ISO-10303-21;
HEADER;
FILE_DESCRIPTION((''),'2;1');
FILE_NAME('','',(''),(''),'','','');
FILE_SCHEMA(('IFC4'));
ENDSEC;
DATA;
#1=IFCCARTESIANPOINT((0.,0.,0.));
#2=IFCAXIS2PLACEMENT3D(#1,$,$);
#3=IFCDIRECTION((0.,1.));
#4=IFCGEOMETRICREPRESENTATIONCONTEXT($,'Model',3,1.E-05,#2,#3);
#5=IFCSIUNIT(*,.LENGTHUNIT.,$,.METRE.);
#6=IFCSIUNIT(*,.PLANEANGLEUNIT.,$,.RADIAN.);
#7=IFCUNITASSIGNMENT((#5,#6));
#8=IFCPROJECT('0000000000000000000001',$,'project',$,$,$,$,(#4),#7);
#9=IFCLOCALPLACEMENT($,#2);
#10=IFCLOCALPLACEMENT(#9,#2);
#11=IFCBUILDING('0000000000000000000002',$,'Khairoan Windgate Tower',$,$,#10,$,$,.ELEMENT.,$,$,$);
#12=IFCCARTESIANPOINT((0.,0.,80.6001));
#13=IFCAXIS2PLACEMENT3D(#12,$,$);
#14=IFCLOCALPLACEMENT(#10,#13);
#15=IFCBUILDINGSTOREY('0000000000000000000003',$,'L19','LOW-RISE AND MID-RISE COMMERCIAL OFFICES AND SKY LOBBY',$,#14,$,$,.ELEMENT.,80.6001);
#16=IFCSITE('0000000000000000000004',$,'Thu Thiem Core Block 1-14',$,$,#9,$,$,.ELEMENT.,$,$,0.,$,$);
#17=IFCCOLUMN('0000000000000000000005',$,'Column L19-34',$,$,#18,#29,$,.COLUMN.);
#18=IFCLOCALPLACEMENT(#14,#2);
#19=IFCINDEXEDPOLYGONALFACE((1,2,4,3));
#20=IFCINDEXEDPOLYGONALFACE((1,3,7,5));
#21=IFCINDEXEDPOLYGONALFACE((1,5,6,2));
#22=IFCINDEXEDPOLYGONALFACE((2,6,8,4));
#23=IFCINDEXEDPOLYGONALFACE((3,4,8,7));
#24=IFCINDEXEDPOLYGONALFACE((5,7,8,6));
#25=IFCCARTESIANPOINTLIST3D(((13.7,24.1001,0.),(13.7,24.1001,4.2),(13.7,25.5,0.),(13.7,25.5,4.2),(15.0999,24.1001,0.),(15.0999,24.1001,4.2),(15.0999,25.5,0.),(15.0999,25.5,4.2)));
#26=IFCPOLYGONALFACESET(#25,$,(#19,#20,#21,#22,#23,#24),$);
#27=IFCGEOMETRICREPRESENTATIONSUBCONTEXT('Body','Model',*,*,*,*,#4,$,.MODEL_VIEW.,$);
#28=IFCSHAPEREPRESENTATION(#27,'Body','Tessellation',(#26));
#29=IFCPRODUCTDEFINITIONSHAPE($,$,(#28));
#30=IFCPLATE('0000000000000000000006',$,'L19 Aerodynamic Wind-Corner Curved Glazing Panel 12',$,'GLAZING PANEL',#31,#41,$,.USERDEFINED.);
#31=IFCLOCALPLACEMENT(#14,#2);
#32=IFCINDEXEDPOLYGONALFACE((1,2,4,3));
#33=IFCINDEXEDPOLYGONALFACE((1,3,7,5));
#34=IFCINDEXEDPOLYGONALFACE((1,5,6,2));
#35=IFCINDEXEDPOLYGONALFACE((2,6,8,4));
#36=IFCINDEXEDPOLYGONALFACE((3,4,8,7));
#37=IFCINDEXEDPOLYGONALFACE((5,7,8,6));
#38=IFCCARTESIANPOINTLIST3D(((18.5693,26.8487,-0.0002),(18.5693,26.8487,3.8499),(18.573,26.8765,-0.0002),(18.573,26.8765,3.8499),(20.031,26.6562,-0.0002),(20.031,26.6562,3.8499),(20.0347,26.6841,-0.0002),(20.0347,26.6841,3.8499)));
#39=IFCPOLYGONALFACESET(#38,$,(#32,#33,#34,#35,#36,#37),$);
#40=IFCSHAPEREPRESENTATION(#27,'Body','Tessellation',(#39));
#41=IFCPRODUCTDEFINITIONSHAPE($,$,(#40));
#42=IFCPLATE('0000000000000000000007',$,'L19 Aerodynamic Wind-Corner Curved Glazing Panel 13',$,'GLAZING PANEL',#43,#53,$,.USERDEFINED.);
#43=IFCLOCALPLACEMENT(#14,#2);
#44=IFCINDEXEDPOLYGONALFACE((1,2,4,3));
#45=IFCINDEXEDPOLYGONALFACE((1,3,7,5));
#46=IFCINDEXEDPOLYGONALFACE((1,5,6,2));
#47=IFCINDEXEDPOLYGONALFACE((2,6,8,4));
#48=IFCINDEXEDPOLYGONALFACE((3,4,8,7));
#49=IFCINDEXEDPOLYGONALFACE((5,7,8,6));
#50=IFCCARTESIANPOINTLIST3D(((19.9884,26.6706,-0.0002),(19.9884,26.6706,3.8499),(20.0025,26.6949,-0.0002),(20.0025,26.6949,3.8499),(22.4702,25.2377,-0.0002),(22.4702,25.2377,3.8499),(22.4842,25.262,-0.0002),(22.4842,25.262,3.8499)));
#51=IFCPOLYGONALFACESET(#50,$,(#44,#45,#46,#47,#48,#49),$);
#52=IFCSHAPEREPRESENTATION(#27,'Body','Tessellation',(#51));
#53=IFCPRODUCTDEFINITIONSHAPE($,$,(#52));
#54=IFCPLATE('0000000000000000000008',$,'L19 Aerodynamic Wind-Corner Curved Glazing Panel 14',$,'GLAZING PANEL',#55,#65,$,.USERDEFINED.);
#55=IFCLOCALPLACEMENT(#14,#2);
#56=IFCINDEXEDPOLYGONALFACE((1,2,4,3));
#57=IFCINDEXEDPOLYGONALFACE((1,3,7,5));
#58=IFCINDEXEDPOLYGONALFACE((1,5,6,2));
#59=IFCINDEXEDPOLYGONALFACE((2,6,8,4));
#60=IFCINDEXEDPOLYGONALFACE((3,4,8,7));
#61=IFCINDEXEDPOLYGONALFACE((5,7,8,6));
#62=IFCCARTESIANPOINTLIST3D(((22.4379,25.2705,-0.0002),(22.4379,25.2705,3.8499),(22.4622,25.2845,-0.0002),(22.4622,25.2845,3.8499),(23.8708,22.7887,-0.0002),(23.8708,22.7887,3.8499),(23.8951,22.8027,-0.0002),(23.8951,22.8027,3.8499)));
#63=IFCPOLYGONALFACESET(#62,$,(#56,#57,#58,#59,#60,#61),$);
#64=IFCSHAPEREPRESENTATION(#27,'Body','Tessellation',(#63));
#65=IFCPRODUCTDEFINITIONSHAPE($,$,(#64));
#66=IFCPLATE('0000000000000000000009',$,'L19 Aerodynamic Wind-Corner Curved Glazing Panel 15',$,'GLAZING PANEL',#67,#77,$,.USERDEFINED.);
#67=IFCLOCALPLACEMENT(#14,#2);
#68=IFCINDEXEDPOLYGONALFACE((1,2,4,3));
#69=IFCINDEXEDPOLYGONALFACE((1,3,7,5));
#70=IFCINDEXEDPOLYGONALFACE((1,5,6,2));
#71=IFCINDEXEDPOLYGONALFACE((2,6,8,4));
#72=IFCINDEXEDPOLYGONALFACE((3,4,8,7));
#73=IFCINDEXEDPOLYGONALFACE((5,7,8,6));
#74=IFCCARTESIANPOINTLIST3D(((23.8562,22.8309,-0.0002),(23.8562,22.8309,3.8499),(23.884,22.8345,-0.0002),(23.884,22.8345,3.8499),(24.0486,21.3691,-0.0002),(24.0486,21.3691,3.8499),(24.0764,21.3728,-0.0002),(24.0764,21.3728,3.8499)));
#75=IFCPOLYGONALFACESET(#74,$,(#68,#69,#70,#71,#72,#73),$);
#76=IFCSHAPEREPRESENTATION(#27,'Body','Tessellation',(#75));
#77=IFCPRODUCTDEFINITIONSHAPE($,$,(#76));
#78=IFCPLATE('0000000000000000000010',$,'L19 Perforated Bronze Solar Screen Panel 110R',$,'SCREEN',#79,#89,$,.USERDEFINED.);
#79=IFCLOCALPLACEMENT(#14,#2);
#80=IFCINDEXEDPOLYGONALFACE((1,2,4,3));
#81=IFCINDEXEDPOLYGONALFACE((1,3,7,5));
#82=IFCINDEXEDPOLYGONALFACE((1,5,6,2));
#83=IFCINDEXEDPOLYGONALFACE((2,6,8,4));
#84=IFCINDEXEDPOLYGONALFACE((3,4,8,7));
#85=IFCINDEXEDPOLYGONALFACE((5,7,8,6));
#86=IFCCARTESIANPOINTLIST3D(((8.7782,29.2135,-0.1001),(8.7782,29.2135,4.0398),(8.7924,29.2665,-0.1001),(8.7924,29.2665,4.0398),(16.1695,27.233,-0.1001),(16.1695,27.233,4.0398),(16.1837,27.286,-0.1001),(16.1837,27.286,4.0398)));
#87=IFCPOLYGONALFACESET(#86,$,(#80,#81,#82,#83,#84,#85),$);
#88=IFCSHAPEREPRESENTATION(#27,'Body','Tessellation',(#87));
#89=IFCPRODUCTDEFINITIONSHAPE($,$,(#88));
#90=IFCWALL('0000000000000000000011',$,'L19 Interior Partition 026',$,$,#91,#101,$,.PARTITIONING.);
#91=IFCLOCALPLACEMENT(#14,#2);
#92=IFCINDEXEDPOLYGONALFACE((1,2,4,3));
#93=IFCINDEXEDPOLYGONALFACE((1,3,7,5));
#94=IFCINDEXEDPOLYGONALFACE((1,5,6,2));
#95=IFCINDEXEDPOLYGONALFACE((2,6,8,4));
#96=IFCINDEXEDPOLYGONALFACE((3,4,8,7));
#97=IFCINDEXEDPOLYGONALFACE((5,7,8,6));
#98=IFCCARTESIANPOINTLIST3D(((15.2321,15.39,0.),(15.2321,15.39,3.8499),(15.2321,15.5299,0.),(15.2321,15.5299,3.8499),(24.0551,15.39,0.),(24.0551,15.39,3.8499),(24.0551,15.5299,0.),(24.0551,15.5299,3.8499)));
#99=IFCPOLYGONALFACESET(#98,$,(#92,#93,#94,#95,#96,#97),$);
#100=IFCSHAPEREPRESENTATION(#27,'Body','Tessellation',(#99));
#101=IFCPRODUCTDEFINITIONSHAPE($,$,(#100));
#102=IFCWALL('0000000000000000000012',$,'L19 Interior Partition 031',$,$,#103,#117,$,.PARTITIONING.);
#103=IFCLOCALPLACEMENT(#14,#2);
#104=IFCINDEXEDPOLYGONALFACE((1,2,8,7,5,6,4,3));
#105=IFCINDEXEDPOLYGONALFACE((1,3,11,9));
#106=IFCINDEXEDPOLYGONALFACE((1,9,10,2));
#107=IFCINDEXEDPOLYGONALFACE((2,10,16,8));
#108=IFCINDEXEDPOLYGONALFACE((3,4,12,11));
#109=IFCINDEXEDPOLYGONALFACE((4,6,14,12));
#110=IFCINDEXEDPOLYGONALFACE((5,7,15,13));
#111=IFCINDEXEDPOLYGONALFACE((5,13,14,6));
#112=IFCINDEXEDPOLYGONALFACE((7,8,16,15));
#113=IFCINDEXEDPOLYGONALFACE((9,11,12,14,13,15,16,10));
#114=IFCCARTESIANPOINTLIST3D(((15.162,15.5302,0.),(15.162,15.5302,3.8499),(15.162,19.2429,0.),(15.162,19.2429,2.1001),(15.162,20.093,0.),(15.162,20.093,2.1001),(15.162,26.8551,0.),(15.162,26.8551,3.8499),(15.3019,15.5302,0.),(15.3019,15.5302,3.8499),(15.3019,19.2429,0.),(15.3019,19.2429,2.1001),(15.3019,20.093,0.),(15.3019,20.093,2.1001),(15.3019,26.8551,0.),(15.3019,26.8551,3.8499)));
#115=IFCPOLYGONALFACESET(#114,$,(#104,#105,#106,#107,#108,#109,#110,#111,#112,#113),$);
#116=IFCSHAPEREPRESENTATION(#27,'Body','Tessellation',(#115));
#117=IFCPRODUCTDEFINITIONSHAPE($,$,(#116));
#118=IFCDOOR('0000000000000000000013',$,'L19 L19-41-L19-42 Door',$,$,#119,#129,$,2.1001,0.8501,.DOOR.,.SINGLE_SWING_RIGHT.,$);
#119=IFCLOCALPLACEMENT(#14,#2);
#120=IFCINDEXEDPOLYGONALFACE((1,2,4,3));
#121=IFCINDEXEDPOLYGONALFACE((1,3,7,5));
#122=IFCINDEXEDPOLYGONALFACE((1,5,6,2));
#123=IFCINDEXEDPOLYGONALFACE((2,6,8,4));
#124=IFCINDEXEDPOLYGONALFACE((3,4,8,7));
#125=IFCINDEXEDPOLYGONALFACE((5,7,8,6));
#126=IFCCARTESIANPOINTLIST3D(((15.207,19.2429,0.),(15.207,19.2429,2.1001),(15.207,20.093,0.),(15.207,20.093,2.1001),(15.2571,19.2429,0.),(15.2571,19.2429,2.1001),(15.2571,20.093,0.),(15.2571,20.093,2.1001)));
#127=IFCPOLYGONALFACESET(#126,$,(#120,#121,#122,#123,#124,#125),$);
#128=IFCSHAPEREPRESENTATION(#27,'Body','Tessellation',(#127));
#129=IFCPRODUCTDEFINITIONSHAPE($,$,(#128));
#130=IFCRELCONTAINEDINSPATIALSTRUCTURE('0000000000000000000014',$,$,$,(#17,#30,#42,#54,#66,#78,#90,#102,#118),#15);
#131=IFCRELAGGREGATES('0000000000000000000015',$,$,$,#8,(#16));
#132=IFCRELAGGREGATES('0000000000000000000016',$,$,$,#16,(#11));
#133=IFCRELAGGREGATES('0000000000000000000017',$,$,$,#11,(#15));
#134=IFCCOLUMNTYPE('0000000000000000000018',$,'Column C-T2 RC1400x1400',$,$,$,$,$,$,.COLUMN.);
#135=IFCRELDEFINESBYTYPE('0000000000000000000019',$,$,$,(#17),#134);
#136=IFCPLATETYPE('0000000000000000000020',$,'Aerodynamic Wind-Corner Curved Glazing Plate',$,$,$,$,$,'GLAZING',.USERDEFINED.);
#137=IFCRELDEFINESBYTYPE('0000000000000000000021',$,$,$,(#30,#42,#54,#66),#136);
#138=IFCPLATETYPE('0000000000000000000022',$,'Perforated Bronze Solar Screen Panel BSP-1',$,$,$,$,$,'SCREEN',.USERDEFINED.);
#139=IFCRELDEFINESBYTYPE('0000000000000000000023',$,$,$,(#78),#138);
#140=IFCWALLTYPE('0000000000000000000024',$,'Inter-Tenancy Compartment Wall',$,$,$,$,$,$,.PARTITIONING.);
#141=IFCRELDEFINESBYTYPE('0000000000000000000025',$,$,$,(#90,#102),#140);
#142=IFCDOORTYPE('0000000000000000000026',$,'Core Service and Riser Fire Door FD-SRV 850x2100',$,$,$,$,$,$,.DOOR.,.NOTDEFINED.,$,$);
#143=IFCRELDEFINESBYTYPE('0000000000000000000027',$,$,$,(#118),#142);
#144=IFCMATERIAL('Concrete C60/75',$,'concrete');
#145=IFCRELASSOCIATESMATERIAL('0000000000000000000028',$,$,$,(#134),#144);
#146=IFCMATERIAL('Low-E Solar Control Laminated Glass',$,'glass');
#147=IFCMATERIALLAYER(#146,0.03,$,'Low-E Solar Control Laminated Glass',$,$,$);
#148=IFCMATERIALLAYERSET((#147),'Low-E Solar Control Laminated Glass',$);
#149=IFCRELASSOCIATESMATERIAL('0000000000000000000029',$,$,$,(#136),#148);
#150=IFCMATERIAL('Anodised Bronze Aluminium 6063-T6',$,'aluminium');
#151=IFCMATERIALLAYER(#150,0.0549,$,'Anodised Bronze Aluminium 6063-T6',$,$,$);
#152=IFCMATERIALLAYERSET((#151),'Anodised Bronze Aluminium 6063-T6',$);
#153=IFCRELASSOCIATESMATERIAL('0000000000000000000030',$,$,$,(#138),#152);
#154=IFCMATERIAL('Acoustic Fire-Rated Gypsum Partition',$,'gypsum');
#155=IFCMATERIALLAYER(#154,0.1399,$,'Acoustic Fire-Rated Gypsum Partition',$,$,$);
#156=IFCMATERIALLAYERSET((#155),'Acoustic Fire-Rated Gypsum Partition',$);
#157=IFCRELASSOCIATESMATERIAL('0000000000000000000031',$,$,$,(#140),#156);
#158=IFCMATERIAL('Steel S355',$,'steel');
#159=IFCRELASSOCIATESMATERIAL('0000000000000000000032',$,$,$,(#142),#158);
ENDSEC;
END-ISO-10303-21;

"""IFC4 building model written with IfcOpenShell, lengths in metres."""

from ifc_helpers import new_model, si_unit, direction, frame, frame_2d, origin, origin_2d, place, context, subcontext, project, spatial, rectangle, extrude, material, layer, layer_set, material_profile, profile_set, type_object, element, fill, save


model = new_model("IFC4")

# Units and contexts
model_context = context("Model", 3, precision=1e-05, world=origin(), true_north=direction((0.0, 1.0)))
body_context = subcontext(model_context, "Body", "Model", "MODEL_VIEW")
ifc_project = project(units=[si_unit("LENGTHUNIT", "METRE"), si_unit("PLANEANGLEUNIT", "RADIAN")], contexts=[model_context])

# Site, building, storey
site_placement = place(None, origin())
site = spatial("IfcSite", under=ifc_project, at=site_placement, Name="Thu Thiem Core Block 1-14", CompositionType="ELEMENT", RefElevation=0.0)
building_placement = place(site_placement, origin())
building = spatial("IfcBuilding", under=site, at=building_placement, Name="Khairoan Windgate Tower", CompositionType="ELEMENT")
storey_placement = place(building_placement, frame((0.0, 0.0, 80.6001)))
storey = spatial("IfcBuildingStorey", under=building, at=storey_placement, Name="L19", Description="LOW-RISE AND MID-RISE COMMERCIAL OFFICES AND SKY LOBBY", CompositionType="ELEMENT", Elevation=80.6001)

# Column
ifc_material_1 = material(Name="Concrete C60/75", Category="concrete")
ifc_material_profile_1 = material_profile(ifc_material_1, rectangle(XDim=1.3999, YDim=1.3999, at=origin_2d()))
ifc_profile_set_1 = profile_set([ifc_material_profile_1], Name="Concrete C60/75")
column_type = type_object("IfcColumnType", Name="Column C-T2 RC1400x1400", PredefinedType="COLUMN", material=ifc_profile_set_1)
column_placement = place(storey_placement, frame((14.3999, 24.8, 0.0), z_axis=(0.0, 0.0, 1.0), x_axis=(1.0, 0.0, 0.0)))
element("IfcColumn", 1, at=column_placement, inside=storey, type_object=column_type, Name="Column L19-34", PredefinedType="COLUMN", context=body_context, shape_type="SweptSolid", body=[
    extrude(rectangle(XDim=1.3999, YDim=1.3999, at=origin_2d()), origin(), (0.0, 0.0, 1.0), 4.2),
])

# Plates
ifc_material_2 = material(Name="Low-E Solar Control Laminated Glass", Category="glass")
ifc_layer_1 = layer(ifc_material_2, 0.03, Name="Low-E Solar Control Laminated Glass")
ifc_layer_set_1 = layer_set([ifc_layer_1], Name="Low-E Solar Control Laminated Glass")
plate_type_1 = type_object("IfcPlateType", Name="Aerodynamic Wind-Corner Curved Glazing Plate", ElementType="GLAZING", PredefinedType="USERDEFINED", material=ifc_layer_set_1)
plate_1_placement = place(storey_placement, frame((19.302, 26.7664, -0.0002), z_axis=(0.0, 0.0, 1.0), x_axis=(0.991445, -0.130526, 0.0)))
element("IfcPlate", 2, at=plate_1_placement, inside=storey, type_object=plate_type_1, Name="L19 Aerodynamic Wind-Corner Curved Glazing Panel 12", ObjectType="GLAZING PANEL", PredefinedType="USERDEFINED", context=body_context, shape_type="SweptSolid", body=[
    extrude(rectangle(XDim=1.4744, YDim=0.0281, at=origin_2d()), origin(), (0.0, 0.0, 1.0), 3.8501),
])
for number, where, z_axis, x_axis, name in (
    (3, (21.2363, 25.9663, -0.0002), (0.0, 0.0, 1.0), (0.866025, -0.5, 0.0), "L19 Aerodynamic Wind-Corner Curved Glazing Panel 13"),
    (4, (23.1665, 24.0366, -0.0002), (0.0, 0.0, 1.0), (0.5, -0.866025, 0.0), "L19 Aerodynamic Wind-Corner Curved Glazing Panel 14"),
):
    element("IfcPlate", number, at=place(storey_placement, frame(where, z_axis=z_axis, x_axis=x_axis)), inside=storey, type_object=plate_type_1, Name=name, ObjectType="GLAZING PANEL", PredefinedType="USERDEFINED", context=body_context, shape_type="SweptSolid", body=[
        extrude(rectangle(XDim=2.8657, YDim=0.0281, at=origin_2d()), origin(), (0.0, 0.0, 1.0), 3.8501),
    ])
plate_2_placement = place(storey_placement, frame((23.9663, 22.1018, -0.0002), z_axis=(0.0, 0.0, 1.0), x_axis=(0.130526, -0.991445, 0.0)))
element("IfcPlate", 5, at=plate_2_placement, inside=storey, type_object=plate_type_1, Name="L19 Aerodynamic Wind-Corner Curved Glazing Panel 15", ObjectType="GLAZING PANEL", PredefinedType="USERDEFINED", context=body_context, shape_type="SweptSolid", body=[
    extrude(rectangle(XDim=1.4744, YDim=0.0281, at=origin_2d()), origin(), (0.0, 0.0, 1.0), 3.8501),
])

# Plate
ifc_material_3 = material(Name="Anodised Bronze Aluminium 6063-T6", Category="aluminium")
ifc_layer_2 = layer(ifc_material_3, 0.0549, Name="Anodised Bronze Aluminium 6063-T6")
ifc_layer_set_2 = layer_set([ifc_layer_2], Name="Anodised Bronze Aluminium 6063-T6")
plate_type_2 = type_object("IfcPlateType", Name="Perforated Bronze Solar Screen Panel BSP-1", ElementType="SCREEN", PredefinedType="USERDEFINED", material=ifc_layer_set_2)
plate_3_placement = place(storey_placement, frame((12.481, 28.2498, -0.1001), z_axis=(0.0, 0.0, 1.0), x_axis=(0.965926, -0.258819, 0.0)))
element("IfcPlate", 6, at=plate_3_placement, inside=storey, type_object=plate_type_2, Name="L19 Perforated Bronze Solar Screen Panel 110R", ObjectType="SCREEN", PredefinedType="USERDEFINED", context=body_context, shape_type="SweptSolid", body=[
    extrude(rectangle(XDim=7.6521, YDim=0.0549, at=origin_2d()), origin(), (0.0, 0.0, 1.0), 4.1399),
])

# Wall
ifc_material_4 = material(Name="Acoustic Fire-Rated Gypsum Partition", Category="gypsum")
ifc_layer_3 = layer(ifc_material_4, 0.1399, Name="Acoustic Fire-Rated Gypsum Partition")
ifc_layer_set_3 = layer_set([ifc_layer_3], Name="Acoustic Fire-Rated Gypsum Partition")
wall_type = type_object("IfcWallType", Name="Inter-Tenancy Compartment Wall", PredefinedType="PARTITIONING", material=ifc_layer_set_3)
wall_1_placement = place(storey_placement, frame((15.2319, 15.46, 0.0), z_axis=(0.0, 0.0, 1.0), x_axis=(1.0, 0.0, 0.0)))
element("IfcWall", 7, at=wall_1_placement, inside=storey, type_object=wall_type, Name="L19 Interior Partition 026", PredefinedType="PARTITIONING", context=body_context, shape_type="SweptSolid", body=[
    extrude(rectangle(XDim=8.823, YDim=0.1399, at=frame_2d((4.4116, 0.0))), origin(), (0.0, 0.0, 1.0), 3.8499),
])

# Wall, opening, door
wall_2_placement = place(storey_placement, frame((15.2319, 15.53, 0.0), z_axis=(0.0, 0.0, 1.0), x_axis=(0.0, 1.0, 0.0)))
wall_2 = element("IfcWall", 8, at=wall_2_placement, inside=storey, type_object=wall_type, Name="L19 Interior Partition 031", PredefinedType="PARTITIONING", context=body_context, shape_type="SweptSolid", body=[
    extrude(rectangle(XDim=11.325, YDim=0.1399, at=frame_2d((5.6626, 0.0))), origin(), (0.0, 0.0, 1.0), 3.8499),
])
opening_placement = place(wall_2_placement, frame((3.7129, 0.0, 0.0)))
opening = element("IfcOpeningElement", 9, at=opening_placement, cuts=wall_2, PredefinedType="OPENING", context=body_context, shape_type="SweptSolid", body=[
    extrude(rectangle(XDim=0.8501, YDim=2.1001, at=frame_2d((0.425, 1.05))), frame((0.0, 0.0798, 0.0), z_axis=(0.0, -1.0, 0.0), x_axis=(1.0, 0.0, 0.0)), (0.0, 0.0, 1.0), 0.1599),
])
ifc_material_5 = material(Name="Steel S355", Category="steel")
door_type = type_object("IfcDoorType", Name="Core Service and Riser Fire Door FD-SRV 850x2100", OperationType="NOTDEFINED", PredefinedType="DOOR", material=ifc_material_5)
door_placement = place(opening_placement, origin())
door = element("IfcDoor", 10, at=door_placement, inside=storey, type_object=door_type, Name="L19 L19-41-L19-42 Door", OperationType="SINGLE_SWING_RIGHT", OverallHeight=2.1001, OverallWidth=0.8501, PredefinedType="DOOR", context=body_context, shape_type="SweptSolid", body=[
    extrude(rectangle(XDim=0.8501, YDim=2.1001, at=frame_2d((0.425, 1.05))), frame((0.0, 0.0249, 0.0), z_axis=(0.0, -1.0, 0.0), x_axis=(1.0, 0.0, 0.0)), (0.0, 0.0, 1.0), 0.05),
])
fill(opening, door)

save(model, "model.ifc")
